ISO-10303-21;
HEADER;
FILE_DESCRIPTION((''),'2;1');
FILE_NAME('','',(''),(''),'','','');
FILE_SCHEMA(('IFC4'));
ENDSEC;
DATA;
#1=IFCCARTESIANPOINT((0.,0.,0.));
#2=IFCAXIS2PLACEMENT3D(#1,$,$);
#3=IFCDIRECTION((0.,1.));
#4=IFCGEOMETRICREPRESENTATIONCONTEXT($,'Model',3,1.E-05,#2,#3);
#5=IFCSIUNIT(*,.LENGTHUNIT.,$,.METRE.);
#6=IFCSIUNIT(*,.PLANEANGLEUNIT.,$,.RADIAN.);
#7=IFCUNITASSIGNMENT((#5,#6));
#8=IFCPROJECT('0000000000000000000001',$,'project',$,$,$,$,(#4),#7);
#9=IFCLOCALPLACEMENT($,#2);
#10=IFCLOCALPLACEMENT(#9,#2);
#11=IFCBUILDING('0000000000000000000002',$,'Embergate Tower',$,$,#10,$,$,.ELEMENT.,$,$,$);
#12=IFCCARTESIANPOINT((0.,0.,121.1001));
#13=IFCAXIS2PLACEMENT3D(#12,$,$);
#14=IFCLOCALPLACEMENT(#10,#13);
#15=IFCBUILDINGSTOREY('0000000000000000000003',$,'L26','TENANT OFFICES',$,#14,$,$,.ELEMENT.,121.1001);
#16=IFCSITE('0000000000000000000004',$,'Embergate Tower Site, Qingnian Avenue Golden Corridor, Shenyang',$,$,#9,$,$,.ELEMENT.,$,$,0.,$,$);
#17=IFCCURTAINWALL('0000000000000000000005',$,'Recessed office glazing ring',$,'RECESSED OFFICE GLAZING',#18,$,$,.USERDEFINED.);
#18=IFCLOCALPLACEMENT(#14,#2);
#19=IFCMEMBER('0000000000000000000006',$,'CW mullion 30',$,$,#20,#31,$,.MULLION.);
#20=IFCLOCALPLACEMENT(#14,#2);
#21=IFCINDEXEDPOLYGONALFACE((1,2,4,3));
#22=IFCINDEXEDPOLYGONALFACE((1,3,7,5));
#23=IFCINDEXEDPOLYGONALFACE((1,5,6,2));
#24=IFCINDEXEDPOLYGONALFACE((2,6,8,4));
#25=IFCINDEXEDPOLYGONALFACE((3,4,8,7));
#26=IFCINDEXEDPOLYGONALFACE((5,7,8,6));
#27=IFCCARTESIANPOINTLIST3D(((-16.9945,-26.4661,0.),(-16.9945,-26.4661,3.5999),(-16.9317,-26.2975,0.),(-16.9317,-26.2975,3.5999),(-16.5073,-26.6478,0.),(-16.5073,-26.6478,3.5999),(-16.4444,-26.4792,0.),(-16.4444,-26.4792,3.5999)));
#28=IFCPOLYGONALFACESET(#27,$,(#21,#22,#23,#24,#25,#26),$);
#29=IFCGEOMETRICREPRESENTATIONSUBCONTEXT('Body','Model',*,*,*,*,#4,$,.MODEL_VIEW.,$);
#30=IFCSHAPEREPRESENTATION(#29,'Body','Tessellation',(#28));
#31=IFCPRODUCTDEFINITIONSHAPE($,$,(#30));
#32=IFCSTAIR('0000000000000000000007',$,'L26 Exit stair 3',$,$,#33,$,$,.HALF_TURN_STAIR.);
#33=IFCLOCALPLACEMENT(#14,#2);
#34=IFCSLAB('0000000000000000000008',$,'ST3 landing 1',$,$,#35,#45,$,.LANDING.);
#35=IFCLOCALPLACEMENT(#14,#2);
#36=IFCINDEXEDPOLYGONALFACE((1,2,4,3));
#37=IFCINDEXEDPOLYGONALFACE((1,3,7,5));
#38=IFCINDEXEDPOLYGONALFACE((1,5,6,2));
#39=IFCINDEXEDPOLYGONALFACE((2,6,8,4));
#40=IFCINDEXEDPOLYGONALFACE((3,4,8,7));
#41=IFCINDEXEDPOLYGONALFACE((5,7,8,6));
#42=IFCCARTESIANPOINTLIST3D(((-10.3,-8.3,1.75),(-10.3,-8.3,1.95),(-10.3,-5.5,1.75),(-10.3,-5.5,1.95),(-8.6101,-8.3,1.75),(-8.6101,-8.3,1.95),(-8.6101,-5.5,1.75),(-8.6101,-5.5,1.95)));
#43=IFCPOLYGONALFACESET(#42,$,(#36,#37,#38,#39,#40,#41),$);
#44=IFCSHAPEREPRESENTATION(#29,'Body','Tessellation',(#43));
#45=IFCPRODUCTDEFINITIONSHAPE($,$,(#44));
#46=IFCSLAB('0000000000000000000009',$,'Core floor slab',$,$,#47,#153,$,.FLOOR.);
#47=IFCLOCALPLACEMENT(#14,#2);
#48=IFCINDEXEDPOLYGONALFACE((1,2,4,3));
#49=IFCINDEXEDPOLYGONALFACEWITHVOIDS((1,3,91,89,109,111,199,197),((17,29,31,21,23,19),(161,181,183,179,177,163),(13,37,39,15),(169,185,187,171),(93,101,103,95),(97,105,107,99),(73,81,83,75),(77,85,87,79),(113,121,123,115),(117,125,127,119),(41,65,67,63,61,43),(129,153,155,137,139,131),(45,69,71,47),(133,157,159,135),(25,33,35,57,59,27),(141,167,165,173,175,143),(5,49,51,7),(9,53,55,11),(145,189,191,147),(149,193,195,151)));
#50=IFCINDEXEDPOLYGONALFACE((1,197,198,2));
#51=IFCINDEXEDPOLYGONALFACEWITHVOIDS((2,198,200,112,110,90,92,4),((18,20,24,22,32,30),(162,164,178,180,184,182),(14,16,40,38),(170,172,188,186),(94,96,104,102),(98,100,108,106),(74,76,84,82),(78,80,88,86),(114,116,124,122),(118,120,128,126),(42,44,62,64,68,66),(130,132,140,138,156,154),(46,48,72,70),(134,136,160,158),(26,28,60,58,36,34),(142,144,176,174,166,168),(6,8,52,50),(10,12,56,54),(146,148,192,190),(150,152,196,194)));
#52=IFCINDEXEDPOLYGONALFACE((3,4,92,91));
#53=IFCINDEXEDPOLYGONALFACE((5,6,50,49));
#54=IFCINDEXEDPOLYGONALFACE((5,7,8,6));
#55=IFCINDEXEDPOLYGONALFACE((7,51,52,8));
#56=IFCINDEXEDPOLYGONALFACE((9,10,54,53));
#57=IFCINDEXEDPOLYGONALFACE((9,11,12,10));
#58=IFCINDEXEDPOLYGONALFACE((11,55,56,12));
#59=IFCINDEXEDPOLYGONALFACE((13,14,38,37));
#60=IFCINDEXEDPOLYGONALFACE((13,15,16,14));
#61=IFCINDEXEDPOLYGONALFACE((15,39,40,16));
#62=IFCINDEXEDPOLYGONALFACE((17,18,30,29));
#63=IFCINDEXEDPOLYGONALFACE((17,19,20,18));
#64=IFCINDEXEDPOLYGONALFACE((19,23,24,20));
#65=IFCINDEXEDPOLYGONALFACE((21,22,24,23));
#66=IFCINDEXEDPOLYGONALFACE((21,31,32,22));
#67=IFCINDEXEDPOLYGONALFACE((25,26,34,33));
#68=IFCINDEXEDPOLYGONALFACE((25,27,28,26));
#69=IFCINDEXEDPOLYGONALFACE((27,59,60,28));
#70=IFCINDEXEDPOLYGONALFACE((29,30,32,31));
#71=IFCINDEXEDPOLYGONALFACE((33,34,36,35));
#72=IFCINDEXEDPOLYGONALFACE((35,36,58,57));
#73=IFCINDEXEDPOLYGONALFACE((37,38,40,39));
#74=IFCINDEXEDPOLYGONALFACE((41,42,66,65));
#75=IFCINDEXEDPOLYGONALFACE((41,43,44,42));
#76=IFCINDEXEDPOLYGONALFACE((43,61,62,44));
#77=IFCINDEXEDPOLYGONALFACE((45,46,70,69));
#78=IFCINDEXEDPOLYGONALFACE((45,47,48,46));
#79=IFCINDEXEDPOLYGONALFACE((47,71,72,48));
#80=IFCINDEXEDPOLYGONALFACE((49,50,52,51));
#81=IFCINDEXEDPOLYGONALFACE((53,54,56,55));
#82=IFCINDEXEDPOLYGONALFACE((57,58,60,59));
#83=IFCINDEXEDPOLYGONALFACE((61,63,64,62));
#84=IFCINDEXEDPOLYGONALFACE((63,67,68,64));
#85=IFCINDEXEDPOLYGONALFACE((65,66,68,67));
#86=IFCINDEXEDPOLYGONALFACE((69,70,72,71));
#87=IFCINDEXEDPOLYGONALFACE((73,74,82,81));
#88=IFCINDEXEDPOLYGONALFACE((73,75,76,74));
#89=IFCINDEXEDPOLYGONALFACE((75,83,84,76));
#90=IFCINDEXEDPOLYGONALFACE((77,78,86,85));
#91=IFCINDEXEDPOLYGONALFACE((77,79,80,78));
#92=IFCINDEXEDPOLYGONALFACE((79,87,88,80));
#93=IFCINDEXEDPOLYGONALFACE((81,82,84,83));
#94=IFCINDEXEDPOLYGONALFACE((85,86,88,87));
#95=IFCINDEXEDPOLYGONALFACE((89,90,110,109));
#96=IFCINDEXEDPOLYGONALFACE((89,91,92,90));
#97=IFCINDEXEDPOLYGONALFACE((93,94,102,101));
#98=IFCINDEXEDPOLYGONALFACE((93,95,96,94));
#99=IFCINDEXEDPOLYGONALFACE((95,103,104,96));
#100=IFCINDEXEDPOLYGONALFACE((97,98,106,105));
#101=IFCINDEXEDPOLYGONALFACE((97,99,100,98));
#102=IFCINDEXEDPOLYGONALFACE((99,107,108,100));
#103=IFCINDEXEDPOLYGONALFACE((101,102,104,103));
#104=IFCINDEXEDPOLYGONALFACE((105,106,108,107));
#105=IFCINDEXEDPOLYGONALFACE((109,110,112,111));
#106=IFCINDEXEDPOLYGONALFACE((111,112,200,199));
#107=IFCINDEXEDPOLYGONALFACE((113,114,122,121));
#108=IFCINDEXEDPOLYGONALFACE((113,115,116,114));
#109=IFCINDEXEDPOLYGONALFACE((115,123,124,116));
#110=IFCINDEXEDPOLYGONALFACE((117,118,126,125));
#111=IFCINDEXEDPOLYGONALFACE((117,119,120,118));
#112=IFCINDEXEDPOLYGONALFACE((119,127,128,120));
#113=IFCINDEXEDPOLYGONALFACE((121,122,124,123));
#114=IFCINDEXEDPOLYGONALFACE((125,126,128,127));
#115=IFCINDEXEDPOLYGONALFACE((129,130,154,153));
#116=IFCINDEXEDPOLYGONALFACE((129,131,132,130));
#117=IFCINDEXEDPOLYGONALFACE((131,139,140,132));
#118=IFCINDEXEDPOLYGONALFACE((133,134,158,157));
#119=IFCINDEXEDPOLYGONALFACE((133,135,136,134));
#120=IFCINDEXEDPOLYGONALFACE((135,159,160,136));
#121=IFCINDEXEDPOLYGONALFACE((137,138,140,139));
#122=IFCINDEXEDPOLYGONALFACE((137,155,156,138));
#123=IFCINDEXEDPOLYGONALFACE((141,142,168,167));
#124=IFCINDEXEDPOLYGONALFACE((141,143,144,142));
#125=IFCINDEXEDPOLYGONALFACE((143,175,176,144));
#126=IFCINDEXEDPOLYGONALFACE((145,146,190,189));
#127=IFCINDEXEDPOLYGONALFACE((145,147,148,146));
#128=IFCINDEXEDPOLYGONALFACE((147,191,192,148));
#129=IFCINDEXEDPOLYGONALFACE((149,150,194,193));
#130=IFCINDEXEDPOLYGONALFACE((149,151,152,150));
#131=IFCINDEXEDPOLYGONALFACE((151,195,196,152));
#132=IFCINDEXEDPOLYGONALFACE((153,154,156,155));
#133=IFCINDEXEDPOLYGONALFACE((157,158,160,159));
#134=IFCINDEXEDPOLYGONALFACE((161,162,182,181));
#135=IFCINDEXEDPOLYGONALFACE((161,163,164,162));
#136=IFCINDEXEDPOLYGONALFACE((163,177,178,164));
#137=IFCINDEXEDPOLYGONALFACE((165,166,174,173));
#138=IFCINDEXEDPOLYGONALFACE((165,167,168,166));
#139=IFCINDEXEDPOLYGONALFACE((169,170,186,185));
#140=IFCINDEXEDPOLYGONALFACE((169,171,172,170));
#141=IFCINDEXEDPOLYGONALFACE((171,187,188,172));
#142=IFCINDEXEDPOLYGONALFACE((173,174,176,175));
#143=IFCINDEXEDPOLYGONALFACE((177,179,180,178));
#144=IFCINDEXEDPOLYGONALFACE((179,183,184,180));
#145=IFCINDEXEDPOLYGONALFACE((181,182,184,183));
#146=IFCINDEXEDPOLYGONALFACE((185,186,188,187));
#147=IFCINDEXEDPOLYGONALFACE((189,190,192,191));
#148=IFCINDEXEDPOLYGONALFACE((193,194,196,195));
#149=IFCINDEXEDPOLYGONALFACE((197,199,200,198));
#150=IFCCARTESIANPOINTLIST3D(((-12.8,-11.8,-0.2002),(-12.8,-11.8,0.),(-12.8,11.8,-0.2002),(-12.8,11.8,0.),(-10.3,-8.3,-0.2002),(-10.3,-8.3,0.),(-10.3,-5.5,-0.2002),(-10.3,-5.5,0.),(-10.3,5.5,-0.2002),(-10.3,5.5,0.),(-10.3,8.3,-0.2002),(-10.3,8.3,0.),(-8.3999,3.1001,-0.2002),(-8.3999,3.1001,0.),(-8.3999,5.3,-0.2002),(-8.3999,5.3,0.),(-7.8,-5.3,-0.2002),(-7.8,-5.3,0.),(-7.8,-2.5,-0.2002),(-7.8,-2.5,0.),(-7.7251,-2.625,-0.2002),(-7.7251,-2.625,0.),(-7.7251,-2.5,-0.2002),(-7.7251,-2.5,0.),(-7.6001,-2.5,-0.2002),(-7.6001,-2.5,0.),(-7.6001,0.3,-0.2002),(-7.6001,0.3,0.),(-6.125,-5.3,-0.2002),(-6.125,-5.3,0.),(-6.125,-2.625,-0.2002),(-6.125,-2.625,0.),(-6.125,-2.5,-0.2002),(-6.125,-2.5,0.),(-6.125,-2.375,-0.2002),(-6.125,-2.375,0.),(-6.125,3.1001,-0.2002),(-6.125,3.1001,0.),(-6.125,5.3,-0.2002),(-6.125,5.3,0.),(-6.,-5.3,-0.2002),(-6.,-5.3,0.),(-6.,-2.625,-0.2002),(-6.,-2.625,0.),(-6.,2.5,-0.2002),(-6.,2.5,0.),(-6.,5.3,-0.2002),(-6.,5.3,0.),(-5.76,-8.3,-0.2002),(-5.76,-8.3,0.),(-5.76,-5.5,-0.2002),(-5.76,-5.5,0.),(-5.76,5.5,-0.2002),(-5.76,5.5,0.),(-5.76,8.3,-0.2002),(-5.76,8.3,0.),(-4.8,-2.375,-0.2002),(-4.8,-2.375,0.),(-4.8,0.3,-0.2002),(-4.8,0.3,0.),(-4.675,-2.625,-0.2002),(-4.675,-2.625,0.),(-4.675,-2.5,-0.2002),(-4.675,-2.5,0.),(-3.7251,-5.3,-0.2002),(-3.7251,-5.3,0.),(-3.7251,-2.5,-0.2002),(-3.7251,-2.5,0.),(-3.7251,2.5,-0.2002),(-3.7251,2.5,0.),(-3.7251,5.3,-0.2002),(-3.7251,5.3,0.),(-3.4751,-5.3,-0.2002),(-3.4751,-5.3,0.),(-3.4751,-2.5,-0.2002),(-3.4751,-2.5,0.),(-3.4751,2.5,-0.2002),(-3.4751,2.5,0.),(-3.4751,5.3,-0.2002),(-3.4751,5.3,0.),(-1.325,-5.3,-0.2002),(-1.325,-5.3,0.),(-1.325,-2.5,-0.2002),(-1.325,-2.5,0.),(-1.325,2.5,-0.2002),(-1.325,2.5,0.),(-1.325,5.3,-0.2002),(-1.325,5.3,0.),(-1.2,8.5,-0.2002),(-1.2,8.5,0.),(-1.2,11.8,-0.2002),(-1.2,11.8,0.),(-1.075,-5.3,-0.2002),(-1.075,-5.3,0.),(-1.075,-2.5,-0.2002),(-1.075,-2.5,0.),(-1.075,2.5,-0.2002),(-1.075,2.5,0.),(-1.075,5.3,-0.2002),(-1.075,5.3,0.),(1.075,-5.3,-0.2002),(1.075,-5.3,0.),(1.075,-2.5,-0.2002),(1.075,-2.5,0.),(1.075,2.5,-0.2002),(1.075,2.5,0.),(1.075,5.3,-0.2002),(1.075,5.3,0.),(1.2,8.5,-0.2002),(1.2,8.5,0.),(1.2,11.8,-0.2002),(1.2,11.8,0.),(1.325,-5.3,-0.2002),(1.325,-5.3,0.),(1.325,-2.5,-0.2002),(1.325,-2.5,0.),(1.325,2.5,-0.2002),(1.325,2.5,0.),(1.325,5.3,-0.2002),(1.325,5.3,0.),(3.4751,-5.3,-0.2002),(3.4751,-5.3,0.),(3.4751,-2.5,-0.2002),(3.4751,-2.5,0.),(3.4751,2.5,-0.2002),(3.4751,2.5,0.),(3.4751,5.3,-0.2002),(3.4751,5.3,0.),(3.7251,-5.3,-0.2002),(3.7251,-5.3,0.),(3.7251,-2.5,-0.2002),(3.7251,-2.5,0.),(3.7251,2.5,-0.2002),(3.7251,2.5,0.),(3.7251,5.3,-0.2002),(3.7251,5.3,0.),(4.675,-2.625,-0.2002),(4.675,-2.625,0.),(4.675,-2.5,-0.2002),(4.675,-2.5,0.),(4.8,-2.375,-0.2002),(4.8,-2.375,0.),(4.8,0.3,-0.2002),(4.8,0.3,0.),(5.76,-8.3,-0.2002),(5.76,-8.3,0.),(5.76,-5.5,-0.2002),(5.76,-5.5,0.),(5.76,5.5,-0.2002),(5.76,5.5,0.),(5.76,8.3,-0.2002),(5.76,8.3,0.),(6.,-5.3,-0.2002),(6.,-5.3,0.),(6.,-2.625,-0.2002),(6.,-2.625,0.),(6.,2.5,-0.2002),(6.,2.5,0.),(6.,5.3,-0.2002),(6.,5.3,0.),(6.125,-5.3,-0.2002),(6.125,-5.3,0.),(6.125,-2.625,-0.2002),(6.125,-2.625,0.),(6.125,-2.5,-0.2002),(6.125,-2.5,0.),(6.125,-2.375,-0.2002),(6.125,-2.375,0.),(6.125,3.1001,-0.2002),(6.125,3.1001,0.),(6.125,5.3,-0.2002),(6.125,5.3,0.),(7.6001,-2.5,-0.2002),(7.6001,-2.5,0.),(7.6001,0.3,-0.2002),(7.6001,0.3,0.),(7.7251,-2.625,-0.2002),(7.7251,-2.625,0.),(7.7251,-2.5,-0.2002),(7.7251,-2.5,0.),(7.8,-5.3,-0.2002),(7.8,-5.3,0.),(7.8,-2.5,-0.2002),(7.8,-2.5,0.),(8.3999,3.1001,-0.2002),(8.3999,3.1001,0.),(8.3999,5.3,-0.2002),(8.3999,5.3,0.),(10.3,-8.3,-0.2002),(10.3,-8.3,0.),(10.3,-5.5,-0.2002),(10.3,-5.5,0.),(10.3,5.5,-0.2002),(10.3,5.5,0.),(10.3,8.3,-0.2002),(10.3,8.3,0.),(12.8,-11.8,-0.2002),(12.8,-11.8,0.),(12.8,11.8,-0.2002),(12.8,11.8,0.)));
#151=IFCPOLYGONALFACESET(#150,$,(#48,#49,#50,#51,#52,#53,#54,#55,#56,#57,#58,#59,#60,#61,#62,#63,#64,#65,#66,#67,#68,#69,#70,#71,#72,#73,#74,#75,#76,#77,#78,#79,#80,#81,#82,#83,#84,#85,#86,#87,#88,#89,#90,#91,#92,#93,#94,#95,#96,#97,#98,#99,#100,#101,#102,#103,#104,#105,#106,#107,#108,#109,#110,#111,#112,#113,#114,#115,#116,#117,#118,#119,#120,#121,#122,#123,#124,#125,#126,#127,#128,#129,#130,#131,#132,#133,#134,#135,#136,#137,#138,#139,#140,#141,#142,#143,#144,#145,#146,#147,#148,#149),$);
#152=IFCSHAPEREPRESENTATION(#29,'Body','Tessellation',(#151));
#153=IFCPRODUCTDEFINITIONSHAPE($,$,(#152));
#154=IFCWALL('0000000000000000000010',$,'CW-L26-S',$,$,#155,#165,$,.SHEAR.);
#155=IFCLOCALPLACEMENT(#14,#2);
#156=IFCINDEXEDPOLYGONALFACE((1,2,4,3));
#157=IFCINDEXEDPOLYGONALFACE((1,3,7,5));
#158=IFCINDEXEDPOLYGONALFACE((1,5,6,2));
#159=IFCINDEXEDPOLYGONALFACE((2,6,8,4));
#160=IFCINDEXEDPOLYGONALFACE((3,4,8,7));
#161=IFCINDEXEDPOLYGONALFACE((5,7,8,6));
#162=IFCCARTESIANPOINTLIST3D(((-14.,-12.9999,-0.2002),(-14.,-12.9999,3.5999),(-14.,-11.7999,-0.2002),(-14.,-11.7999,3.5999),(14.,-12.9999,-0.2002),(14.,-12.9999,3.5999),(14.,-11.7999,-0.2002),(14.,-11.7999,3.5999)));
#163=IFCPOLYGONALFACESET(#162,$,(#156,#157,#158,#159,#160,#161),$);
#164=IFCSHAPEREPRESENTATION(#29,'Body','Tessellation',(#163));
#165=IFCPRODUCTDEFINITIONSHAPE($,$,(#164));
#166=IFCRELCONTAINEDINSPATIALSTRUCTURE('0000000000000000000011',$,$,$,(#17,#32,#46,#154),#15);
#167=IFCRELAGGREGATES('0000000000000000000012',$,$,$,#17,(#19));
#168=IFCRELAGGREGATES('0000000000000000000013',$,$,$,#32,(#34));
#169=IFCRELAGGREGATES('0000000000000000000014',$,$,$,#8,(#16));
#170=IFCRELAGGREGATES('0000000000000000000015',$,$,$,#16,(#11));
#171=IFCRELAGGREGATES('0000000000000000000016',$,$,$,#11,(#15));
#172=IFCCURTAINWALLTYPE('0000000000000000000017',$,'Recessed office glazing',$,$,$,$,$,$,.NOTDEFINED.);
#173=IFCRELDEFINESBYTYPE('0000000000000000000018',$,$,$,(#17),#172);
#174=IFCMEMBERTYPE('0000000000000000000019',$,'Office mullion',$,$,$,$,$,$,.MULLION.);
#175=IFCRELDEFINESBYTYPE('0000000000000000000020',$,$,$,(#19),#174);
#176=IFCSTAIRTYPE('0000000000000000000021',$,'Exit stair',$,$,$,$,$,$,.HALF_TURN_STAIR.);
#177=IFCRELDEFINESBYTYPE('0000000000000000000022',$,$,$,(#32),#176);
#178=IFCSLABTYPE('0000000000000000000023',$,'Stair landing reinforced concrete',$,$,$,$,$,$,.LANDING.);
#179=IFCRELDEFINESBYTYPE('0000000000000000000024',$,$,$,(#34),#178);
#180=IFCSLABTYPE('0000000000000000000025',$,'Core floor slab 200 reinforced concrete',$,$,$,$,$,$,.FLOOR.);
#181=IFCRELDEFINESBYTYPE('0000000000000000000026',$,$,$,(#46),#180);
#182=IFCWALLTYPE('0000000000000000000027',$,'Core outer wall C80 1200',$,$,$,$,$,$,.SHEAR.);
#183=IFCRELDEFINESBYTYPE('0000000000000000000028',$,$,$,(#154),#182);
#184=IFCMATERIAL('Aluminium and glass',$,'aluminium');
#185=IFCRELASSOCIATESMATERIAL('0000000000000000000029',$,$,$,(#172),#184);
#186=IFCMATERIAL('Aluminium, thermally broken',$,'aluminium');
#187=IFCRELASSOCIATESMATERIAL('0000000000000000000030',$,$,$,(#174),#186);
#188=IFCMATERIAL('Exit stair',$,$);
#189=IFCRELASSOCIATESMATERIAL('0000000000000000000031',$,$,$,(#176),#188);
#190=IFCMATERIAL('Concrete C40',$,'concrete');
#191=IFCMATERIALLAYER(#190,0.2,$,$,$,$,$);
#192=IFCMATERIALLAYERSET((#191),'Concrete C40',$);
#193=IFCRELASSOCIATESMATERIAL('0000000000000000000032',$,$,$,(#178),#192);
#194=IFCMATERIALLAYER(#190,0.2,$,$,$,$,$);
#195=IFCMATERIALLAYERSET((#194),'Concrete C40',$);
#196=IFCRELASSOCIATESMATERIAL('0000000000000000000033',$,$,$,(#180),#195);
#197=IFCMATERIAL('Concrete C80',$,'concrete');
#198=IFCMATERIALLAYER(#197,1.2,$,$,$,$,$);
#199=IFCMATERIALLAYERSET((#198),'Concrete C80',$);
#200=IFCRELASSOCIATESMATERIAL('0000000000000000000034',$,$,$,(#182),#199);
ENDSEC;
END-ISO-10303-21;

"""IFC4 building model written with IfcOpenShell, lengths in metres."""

from ifc_helpers import new_model, si_unit, direction, frame, frame_2d, origin, origin_2d, place, context, subcontext, project, spatial, polyline, rectangle, outline, extrude, source, transform, mapped, material, layer, layer_set, material_profile, profile_set, type_object, element, aggregate, save


model = new_model("IFC4")

# Units and contexts
model_context = context("Model", 3, precision=1e-05, world=origin(), true_north=direction((0.0, 1.0)))
body_context = subcontext(model_context, "Body", "Model", "MODEL_VIEW")
ifc_project = project(units=[si_unit("LENGTHUNIT", "METRE"), si_unit("PLANEANGLEUNIT", "RADIAN")], contexts=[model_context])

# Site, building, storey
site_placement = place(None, origin())
site = spatial("IfcSite", under=ifc_project, at=site_placement, Name="Embergate Tower Site, Qingnian Avenue Golden Corridor, Shenyang", CompositionType="ELEMENT", RefElevation=0.0)
building_placement = place(site_placement, origin())
building = spatial("IfcBuilding", under=site, at=building_placement, Name="Embergate Tower", CompositionType="ELEMENT")
storey_placement = place(building_placement, frame((0.0, 0.0, 121.1001)))
storey = spatial("IfcBuildingStorey", under=building, at=storey_placement, Name="L26", Description="TENANT OFFICES", CompositionType="ELEMENT", Elevation=121.1001)

# Curtain wall, member
ifc_material_1 = material(Name="Aluminium and glass", Category="aluminium")
curtain_wall_type = type_object("IfcCurtainWallType", Name="Recessed office glazing", PredefinedType="NOTDEFINED", material=ifc_material_1)
curtain_wall_placement = place(storey_placement, origin())
curtain_wall = element("IfcCurtainWall", 1, at=curtain_wall_placement, inside=storey, type_object=curtain_wall_type, Name="Recessed office glazing ring", ObjectType="RECESSED OFFICE GLAZING", PredefinedType="USERDEFINED")
ifc_material_2 = material(Name="Aluminium, thermally broken", Category="aluminium")
ifc_material_profile = material_profile(ifc_material_2, rectangle(XDim=0.1799, YDim=0.52, at=origin_2d()), Name="AL 520x180")
ifc_profile_set = profile_set([ifc_material_profile], Name="Aluminium, thermally broken")
member_type = type_object("IfcMemberType", Name="Office mullion", PredefinedType="MULLION", material=ifc_profile_set)
shared_shape_1 = source(origin(), body_context, "Body", "SweptSolid", [
    extrude(rectangle(XDim=0.1799, YDim=0.52, at=origin_2d()), origin(), (0.0, 0.0, 1.0), 3.5999),
])
member_placement = place(storey_placement, frame((-16.7195, -26.4727, 0.0), z_axis=(0.0, 0.0, 1.0), x_axis=(0.349503, 0.936935, 0.0)))
member = element("IfcMember", 2, at=member_placement, type_object=member_type, Name="CW mullion 30", PredefinedType="MULLION", context=body_context, shape_type="MappedRepresentation", body=[
    mapped(shared_shape_1, transform((0.0, 0.0, 0.0))),
])
aggregate(curtain_wall, [member])

# Stair, slab
ifc_material_3 = material(Name="Exit stair")
stair_type = type_object("IfcStairType", Name="Exit stair", PredefinedType="HALF_TURN_STAIR", material=ifc_material_3)
stair_placement = place(storey_placement, origin())
stair = element("IfcStair", 3, at=stair_placement, inside=storey, type_object=stair_type, Name="L26 Exit stair 3", PredefinedType="HALF_TURN_STAIR")
ifc_material_4 = material(Name="Concrete C40", Category="concrete")
ifc_layer_1 = layer(ifc_material_4, 0.2)
ifc_layer_set_1 = layer_set([ifc_layer_1], Name="Concrete C40")
slab_type_1 = type_object("IfcSlabType", Name="Stair landing reinforced concrete", PredefinedType="LANDING", material=ifc_layer_set_1)
shared_shape_2 = source(origin(), body_context, "Body", "SweptSolid", [
    extrude(outline(polyline([(0.0, 0.0), (1.6899, 0.0), (1.6899, 2.8), (0.0, 2.8), (0.0, 0.0)])), origin(), (0.0, 0.0, 1.0), 0.2),
])
slab_1_placement = place(storey_placement, frame((-10.3, -8.3, 1.75)))
slab_1 = element("IfcSlab", 4, at=slab_1_placement, type_object=slab_type_1, Name="ST3 landing 1", PredefinedType="LANDING", context=body_context, shape_type="MappedRepresentation", body=[
    mapped(shared_shape_2, transform((0.0, 0.0, 0.0))),
])

# Slab
ifc_layer_2 = layer(ifc_material_4, 0.2)
ifc_layer_set_2 = layer_set([ifc_layer_2], Name="Concrete C40")
slab_type_2 = type_object("IfcSlabType", Name="Core floor slab 200 reinforced concrete", PredefinedType="FLOOR", material=ifc_layer_set_2)
shared_shape_3 = source(origin(), body_context, "Body", "SweptSolid", [
    extrude(outline(polyline([(0.0, 0.0), (25.6001, 0.0), (25.6001, 23.6001), (14.0, 23.6001), (14.0, 20.3), (11.6001, 20.3), (11.6001, 23.6001), (0.0, 23.6001), (0.0, 0.0)]), holes=[polyline([(2.5, 3.5), (2.5, 6.3), (7.04, 6.3), (7.04, 3.5), (2.5, 3.5)]), polyline([(18.5601, 3.5), (18.5601, 6.3), (23.1001, 6.3), (23.1001, 3.5), (18.5601, 3.5)]), polyline([(5.0, 6.5), (5.0, 9.3), (5.075, 9.3), (5.075, 9.175), (6.675, 9.175), (6.675, 6.5), (5.0, 6.5)]), polyline([(6.8, 6.5), (6.8, 9.175), (8.125, 9.175), (8.125, 9.3), (9.075, 9.3), (9.075, 6.5), (6.8, 6.5)]), polyline([(9.325, 6.5), (9.325, 9.3), (11.4751, 9.3), (11.4751, 6.5), (9.325, 6.5)]), polyline([(11.7251, 6.5), (11.7251, 9.3), (13.875, 9.3), (13.875, 6.5), (11.7251, 6.5)]), polyline([(14.125, 6.5), (14.125, 9.3), (16.2751, 9.3), (16.2751, 6.5), (14.125, 6.5)]), polyline([(16.5251, 6.5), (16.5251, 9.3), (17.4751, 9.3), (17.4751, 9.175), (18.8, 9.175), (18.8, 6.5), (16.5251, 6.5)]), polyline([(18.925, 6.5), (18.925, 9.175), (20.5251, 9.175), (20.5251, 9.3), (20.6001, 9.3), (20.6001, 6.5), (18.925, 6.5)]), polyline([(5.2, 9.3), (5.2, 12.1001), (8.0, 12.1001), (8.0, 9.425), (6.675, 9.425), (6.675, 9.3), (5.2, 9.3)]), polyline([(18.925, 9.3), (18.925, 9.425), (17.6001, 9.425), (17.6001, 12.1001), (20.4001, 12.1001), (20.4001, 9.3), (18.925, 9.3)]), polyline([(6.8, 14.3), (6.8, 17.1001), (9.075, 17.1001), (9.075, 14.3), (6.8, 14.3)]), polyline([(9.325, 14.3), (9.325, 17.1001), (11.4751, 17.1001), (11.4751, 14.3), (9.325, 14.3)]), polyline([(11.7251, 14.3), (11.7251, 17.1001), (13.875, 17.1001), (13.875, 14.3), (11.7251, 14.3)]), polyline([(14.125, 14.3), (14.125, 17.1001), (16.2751, 17.1001), (16.2751, 14.3), (14.125, 14.3)]), polyline([(16.5251, 14.3), (16.5251, 17.1001), (18.8, 17.1001), (18.8, 14.3), (16.5251, 14.3)]), polyline([(4.4001, 14.9001), (4.4001, 17.1001), (6.675, 17.1001), (6.675, 14.9001), (4.4001, 14.9001)]), polyline([(18.925, 14.9001), (18.925, 17.1001), (21.2, 17.1001), (21.2, 14.9001), (18.925, 14.9001)]), polyline([(2.5, 17.3), (2.5, 20.1001), (7.04, 20.1001), (7.04, 17.3), (2.5, 17.3)]), polyline([(18.5601, 17.3), (18.5601, 20.1001), (23.1001, 20.1001), (23.1001, 17.3), (18.5601, 17.3)])]), origin(), (0.0, 0.0, 1.0), 0.2002),
])
slab_2_placement = place(storey_placement, frame((-12.8, -11.8, -0.2002)))
element("IfcSlab", 5, at=slab_2_placement, inside=storey, type_object=slab_type_2, Name="Core floor slab", PredefinedType="FLOOR", context=body_context, shape_type="MappedRepresentation", body=[
    mapped(shared_shape_3, transform((0.0, 0.0, 0.0))),
])

# Wall
ifc_material_5 = material(Name="Concrete C80", Category="concrete")
ifc_layer_3 = layer(ifc_material_5, 1.2)
ifc_layer_set_3 = layer_set([ifc_layer_3], Name="Concrete C80")
wall_type_1 = type_object("IfcWallType", Name="Core outer wall C80 1200", PredefinedType="SHEAR", material=ifc_layer_set_3)
shared_shape_4 = source(origin(), body_context, "Body", "SweptSolid", [
    extrude(rectangle(XDim=28.0, YDim=1.2, at=frame_2d((14.0, 0.0))), origin(), (0.0, 0.0, 1.0), 3.8),
])
wall_1_placement = place(storey_placement, frame((-14.0, -12.3999, -0.2002), z_axis=(0.0, 0.0, 1.0), x_axis=(1.0, 0.0, 0.0)))
element("IfcWall", 6, at=wall_1_placement, inside=storey, type_object=wall_type_1, Name="CW-L26-S", PredefinedType="SHEAR", context=body_context, shape_type="MappedRepresentation", body=[
    mapped(shared_shape_4, transform((0.0, 0.0, 0.0))),
])

aggregate(stair, [slab_1])

save(model, "model.ifc")
